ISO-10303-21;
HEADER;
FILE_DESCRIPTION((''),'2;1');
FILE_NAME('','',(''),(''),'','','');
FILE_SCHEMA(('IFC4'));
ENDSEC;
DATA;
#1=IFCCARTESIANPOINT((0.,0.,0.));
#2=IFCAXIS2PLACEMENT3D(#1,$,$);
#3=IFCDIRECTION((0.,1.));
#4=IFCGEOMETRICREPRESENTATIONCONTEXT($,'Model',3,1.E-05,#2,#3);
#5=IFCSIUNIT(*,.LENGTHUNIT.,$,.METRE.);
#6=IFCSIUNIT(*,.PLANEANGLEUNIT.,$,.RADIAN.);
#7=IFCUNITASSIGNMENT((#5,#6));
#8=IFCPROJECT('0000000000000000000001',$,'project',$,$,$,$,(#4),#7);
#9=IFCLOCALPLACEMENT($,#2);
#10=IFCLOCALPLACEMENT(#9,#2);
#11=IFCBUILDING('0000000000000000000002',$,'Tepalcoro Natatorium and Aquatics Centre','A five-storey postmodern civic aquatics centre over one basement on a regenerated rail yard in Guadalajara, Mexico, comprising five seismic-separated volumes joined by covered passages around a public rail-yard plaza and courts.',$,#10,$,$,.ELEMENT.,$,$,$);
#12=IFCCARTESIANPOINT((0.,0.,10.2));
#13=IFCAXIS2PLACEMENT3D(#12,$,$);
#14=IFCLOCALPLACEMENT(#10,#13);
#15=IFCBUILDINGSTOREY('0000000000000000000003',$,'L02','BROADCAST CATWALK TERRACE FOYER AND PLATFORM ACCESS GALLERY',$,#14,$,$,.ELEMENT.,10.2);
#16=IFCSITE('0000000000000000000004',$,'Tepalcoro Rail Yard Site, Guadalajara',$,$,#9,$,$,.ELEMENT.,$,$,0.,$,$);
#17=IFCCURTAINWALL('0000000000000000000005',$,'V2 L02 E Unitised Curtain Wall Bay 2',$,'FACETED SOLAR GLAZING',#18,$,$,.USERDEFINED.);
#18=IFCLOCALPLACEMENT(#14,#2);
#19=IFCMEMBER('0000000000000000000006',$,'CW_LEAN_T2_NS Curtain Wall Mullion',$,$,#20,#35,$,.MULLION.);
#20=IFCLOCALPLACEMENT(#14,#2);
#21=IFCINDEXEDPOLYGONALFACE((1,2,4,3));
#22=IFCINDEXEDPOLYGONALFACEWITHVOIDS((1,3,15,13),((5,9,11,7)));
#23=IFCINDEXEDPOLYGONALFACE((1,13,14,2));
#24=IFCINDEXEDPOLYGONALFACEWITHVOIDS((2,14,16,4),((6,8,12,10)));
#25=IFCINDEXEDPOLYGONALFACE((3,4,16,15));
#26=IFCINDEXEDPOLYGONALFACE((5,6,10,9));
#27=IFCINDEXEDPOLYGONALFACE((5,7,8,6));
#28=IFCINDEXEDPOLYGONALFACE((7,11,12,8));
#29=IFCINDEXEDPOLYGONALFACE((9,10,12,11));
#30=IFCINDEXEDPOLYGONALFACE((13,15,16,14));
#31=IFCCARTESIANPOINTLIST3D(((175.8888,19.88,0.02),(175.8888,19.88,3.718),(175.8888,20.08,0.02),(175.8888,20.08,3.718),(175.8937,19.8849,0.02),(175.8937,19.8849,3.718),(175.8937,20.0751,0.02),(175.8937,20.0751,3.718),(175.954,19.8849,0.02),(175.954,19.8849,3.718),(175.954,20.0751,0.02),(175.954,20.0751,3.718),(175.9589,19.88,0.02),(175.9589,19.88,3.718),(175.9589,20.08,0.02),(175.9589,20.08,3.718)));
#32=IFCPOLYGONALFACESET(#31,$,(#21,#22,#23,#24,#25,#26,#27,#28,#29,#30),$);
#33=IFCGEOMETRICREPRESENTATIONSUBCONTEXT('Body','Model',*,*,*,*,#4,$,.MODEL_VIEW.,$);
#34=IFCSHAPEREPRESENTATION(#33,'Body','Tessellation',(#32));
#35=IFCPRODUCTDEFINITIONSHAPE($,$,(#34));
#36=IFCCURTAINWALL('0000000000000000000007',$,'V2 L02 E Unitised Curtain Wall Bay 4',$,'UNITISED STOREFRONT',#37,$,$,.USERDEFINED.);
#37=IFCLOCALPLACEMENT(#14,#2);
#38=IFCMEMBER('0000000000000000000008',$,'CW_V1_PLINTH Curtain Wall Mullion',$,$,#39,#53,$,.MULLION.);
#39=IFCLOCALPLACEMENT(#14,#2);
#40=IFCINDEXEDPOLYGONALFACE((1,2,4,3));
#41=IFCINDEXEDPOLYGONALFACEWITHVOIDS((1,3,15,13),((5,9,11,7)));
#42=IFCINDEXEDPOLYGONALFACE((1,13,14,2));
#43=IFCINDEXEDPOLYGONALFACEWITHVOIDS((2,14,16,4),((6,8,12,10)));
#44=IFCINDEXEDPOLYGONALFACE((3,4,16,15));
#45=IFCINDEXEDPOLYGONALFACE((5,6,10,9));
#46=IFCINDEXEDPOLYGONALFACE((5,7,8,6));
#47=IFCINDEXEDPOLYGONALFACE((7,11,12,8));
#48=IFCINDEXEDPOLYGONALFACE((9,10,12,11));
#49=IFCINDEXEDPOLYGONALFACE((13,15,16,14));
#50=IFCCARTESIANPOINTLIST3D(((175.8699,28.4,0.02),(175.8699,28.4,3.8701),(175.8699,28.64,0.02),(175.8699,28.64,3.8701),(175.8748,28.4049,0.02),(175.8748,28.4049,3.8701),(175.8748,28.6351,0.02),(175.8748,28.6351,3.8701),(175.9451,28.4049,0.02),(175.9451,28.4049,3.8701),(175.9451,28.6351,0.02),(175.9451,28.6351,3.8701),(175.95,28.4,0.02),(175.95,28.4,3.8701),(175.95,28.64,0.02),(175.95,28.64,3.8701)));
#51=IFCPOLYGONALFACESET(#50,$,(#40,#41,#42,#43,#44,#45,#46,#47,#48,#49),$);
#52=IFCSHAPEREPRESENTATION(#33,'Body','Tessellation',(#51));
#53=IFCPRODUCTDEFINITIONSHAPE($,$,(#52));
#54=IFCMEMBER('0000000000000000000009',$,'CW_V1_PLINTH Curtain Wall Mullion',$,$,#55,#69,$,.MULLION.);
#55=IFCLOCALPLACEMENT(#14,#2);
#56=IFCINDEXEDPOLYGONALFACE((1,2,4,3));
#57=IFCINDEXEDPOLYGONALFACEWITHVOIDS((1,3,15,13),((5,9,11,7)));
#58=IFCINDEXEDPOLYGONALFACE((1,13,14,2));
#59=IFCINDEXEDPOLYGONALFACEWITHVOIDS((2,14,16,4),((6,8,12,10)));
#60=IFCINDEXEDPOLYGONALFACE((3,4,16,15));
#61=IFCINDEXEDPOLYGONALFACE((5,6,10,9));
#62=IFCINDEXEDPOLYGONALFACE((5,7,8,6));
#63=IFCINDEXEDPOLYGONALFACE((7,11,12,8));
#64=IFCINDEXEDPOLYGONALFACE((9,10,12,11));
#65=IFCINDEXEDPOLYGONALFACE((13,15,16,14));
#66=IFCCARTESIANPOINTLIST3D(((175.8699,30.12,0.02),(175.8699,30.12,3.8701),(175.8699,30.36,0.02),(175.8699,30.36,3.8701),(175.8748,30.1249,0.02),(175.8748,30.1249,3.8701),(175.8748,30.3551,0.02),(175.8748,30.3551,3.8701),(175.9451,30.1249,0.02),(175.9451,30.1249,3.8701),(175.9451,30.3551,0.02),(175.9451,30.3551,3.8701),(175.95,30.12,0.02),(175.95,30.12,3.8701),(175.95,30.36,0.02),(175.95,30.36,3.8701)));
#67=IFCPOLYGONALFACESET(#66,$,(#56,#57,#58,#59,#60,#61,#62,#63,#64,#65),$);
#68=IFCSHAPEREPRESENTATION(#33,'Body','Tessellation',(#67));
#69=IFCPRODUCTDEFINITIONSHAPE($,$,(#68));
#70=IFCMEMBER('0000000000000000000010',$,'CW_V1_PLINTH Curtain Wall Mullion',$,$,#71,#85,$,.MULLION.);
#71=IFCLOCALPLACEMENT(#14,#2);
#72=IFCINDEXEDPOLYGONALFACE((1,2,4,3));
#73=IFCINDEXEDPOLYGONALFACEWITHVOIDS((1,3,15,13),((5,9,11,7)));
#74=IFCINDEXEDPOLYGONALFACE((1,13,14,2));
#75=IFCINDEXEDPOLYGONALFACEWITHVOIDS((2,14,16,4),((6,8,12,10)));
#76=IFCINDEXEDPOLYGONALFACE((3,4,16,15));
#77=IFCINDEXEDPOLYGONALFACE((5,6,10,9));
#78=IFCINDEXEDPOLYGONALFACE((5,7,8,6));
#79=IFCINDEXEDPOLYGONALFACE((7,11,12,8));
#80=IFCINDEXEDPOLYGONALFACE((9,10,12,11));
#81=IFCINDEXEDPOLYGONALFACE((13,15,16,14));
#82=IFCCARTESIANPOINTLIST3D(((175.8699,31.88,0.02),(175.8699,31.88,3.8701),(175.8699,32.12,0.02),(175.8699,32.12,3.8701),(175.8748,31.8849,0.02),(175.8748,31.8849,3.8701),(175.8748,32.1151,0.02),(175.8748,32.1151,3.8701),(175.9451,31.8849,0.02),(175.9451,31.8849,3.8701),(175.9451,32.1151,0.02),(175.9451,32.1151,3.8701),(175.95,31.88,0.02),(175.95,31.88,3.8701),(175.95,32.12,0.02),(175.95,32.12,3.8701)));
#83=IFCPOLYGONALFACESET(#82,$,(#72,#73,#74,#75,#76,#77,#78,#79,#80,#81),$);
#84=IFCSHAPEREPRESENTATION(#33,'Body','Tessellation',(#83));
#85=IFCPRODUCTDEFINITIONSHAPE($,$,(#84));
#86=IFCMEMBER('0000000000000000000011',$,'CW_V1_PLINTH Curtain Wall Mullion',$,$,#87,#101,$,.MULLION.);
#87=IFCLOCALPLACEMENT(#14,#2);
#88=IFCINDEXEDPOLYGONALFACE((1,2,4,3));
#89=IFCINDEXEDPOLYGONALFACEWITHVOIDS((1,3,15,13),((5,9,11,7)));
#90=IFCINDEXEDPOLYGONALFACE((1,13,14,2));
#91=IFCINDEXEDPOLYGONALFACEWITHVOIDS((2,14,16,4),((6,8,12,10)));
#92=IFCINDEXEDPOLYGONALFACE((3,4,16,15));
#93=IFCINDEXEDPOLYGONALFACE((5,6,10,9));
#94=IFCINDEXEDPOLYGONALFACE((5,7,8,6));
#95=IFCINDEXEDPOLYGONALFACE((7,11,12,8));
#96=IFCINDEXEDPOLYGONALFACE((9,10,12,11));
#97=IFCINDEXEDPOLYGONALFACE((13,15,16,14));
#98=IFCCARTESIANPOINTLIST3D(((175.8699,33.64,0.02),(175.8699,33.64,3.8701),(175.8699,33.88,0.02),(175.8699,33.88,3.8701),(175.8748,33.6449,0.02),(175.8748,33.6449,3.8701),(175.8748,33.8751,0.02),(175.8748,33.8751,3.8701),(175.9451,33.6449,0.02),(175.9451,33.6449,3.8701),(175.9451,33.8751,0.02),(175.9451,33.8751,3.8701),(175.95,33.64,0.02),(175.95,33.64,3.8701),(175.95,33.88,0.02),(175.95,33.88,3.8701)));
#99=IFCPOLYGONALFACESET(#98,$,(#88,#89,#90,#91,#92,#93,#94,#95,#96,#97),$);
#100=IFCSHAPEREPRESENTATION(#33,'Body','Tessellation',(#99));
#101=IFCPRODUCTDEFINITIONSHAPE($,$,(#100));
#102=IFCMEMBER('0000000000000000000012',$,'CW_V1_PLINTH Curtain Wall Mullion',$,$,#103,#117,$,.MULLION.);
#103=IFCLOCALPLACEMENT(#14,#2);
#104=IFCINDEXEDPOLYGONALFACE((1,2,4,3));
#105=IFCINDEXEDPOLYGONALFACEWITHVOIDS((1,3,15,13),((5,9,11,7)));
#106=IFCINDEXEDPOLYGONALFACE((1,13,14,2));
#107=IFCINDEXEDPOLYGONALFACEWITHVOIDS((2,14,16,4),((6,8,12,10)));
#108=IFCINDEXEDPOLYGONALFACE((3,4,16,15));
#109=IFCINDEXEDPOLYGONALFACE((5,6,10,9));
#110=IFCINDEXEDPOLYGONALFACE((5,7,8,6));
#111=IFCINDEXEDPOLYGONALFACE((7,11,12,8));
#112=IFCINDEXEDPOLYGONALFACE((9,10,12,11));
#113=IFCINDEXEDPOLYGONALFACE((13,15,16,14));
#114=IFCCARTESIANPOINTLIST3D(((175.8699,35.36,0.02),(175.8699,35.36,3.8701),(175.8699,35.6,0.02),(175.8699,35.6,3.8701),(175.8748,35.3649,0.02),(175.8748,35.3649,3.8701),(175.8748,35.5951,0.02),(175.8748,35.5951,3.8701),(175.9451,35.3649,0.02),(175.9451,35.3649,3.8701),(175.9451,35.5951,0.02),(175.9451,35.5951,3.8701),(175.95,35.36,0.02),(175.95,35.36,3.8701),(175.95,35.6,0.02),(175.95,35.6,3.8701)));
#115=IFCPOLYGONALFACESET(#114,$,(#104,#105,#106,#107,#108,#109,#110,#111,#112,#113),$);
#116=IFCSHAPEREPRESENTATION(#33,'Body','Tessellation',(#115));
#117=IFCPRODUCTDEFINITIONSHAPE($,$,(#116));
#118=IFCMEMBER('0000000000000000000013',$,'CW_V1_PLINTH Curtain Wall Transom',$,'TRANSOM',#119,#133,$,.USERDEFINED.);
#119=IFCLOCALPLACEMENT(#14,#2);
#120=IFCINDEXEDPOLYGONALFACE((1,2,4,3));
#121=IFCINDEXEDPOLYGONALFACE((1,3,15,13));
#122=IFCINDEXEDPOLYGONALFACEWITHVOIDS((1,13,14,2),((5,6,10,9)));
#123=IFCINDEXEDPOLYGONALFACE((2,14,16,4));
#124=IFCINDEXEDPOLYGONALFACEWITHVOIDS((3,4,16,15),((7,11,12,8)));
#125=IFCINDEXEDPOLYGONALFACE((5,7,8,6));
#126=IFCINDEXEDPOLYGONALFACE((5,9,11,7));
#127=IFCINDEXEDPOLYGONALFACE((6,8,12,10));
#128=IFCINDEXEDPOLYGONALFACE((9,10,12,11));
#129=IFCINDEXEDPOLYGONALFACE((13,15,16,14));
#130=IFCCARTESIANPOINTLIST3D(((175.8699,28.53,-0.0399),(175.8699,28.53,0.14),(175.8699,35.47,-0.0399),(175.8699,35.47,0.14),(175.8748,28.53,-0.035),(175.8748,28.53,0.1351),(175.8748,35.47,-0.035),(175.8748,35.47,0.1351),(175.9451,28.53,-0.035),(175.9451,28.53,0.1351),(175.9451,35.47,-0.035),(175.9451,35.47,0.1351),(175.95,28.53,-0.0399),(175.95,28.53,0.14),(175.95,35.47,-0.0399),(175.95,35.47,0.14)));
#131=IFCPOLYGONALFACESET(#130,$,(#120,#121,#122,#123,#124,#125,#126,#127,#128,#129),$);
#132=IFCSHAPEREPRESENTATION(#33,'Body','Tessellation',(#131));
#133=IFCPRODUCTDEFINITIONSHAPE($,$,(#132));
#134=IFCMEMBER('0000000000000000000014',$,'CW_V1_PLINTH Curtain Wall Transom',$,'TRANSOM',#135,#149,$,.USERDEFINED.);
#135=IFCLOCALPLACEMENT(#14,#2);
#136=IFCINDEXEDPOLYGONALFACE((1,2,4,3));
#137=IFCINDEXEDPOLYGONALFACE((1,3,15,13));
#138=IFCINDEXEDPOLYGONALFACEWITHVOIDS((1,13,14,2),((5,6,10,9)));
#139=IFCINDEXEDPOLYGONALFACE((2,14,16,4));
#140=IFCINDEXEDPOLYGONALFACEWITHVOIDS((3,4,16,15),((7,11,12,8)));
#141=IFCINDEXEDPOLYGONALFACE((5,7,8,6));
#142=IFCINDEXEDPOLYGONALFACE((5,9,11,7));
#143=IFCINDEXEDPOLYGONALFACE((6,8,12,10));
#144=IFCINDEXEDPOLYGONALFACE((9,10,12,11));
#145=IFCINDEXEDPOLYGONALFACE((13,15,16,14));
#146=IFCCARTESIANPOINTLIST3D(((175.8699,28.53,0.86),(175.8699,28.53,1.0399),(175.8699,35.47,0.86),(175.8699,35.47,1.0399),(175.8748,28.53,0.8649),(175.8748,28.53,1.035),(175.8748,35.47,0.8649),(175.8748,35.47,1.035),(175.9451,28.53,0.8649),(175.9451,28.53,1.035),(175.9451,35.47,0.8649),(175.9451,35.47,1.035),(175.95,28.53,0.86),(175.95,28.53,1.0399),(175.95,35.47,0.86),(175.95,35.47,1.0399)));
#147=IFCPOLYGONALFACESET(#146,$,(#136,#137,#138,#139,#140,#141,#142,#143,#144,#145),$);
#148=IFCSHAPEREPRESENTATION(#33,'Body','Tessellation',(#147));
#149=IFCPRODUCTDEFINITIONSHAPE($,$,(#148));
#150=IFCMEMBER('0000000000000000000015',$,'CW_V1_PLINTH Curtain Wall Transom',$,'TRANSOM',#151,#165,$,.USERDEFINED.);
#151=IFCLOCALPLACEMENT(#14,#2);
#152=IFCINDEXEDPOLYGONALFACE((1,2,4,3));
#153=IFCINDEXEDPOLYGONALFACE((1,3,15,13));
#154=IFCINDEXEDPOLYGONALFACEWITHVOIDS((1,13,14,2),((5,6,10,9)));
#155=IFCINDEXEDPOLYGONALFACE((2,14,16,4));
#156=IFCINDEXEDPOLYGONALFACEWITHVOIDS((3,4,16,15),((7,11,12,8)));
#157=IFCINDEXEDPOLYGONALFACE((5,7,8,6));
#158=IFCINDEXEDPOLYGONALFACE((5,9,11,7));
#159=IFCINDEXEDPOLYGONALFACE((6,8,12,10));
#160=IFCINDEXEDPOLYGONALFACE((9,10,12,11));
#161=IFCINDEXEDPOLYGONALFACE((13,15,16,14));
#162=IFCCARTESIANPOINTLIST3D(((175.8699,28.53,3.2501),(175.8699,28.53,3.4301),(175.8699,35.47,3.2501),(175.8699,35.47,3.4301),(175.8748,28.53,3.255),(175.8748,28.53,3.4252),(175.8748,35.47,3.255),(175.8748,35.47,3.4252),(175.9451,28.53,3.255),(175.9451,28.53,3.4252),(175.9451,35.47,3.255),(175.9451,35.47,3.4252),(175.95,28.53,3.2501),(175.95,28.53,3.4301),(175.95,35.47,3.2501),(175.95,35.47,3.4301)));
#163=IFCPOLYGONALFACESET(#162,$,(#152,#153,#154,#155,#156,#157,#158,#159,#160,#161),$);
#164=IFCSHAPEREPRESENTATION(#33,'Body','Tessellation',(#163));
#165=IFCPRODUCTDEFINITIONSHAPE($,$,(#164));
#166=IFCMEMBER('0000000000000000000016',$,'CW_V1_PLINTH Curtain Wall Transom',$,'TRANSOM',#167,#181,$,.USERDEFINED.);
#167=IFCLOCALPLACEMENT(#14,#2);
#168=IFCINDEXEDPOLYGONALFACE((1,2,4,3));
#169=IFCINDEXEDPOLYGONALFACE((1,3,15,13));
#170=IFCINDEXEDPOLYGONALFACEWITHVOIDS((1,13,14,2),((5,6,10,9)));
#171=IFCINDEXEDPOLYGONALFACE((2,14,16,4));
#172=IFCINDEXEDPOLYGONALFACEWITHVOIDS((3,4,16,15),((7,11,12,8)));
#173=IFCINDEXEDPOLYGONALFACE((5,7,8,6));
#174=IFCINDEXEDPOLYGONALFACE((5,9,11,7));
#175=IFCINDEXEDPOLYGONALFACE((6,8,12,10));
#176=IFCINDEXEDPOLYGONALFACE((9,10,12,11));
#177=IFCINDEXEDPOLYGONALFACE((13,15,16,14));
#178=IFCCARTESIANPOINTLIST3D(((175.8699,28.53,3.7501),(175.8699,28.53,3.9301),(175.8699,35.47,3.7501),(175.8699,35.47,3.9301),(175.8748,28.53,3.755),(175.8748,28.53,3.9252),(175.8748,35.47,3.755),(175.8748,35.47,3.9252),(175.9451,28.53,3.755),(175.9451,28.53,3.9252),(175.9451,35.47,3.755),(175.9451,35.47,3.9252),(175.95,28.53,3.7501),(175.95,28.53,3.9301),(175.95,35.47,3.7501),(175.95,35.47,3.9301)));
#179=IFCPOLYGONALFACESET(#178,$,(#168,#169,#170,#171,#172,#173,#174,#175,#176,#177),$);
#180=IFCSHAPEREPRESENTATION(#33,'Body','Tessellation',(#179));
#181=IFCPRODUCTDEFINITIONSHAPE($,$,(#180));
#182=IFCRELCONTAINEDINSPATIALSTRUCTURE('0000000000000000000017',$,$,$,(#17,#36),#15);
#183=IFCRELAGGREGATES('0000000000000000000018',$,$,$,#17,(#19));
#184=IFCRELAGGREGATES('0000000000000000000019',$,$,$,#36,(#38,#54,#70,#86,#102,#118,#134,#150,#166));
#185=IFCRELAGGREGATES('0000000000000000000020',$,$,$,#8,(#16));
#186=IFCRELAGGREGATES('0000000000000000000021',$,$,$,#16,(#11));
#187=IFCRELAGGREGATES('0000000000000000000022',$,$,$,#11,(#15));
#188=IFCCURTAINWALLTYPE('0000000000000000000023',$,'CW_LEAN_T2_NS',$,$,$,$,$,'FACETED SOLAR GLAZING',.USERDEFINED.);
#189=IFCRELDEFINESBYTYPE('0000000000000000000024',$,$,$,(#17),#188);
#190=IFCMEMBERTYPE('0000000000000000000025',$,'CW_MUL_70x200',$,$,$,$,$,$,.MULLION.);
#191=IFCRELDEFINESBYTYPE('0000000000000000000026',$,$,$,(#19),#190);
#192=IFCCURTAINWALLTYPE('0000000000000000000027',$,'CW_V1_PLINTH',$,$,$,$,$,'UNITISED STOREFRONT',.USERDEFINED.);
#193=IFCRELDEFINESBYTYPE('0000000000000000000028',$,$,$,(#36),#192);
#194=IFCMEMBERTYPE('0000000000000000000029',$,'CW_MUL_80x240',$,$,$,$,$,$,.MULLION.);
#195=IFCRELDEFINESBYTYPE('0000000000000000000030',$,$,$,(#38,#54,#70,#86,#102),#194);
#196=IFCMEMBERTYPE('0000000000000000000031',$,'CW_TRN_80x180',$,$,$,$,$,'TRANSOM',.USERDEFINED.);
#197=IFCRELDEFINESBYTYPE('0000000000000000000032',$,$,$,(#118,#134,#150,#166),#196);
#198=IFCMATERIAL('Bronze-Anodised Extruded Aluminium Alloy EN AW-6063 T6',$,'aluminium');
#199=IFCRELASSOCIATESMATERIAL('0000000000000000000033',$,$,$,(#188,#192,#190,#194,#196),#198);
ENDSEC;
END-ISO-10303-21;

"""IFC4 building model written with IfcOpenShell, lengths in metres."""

from ifc_helpers import new_model, si_unit, direction, frame, origin, origin_2d, place, context, subcontext, project, spatial, hollow_rectangle, extrude, material, material_profile, profile_set, type_object, element, aggregate, save


model = new_model("IFC4")

# Units and contexts
model_context = context("Model", 3, precision=1e-05, world=origin(), true_north=direction((0.0, 1.0)))
body_context = subcontext(model_context, "Body", "Model", "MODEL_VIEW")
ifc_project = project(units=[si_unit("LENGTHUNIT", "METRE"), si_unit("PLANEANGLEUNIT", "RADIAN")], contexts=[model_context])

# Site, building, storey
site_placement = place(None, origin())
site = spatial("IfcSite", under=ifc_project, at=site_placement, Name="Tepalcoro Rail Yard Site, Guadalajara", CompositionType="ELEMENT", RefElevation=0.0)
building_placement = place(site_placement, origin())
building = spatial("IfcBuilding", under=site, at=building_placement, Name="Tepalcoro Natatorium and Aquatics Centre", Description="A five-storey postmodern civic aquatics centre over one basement on a regenerated rail yard in Guadalajara, Mexico, comprising five seismic-separated volumes joined by covered passages around a public rail-yard plaza and courts.", CompositionType="ELEMENT")
storey_placement = place(building_placement, frame((0.0, 0.0, 10.2)))
storey = spatial("IfcBuildingStorey", under=building, at=storey_placement, Name="L02", Description="BROADCAST CATWALK TERRACE FOYER AND PLATFORM ACCESS GALLERY", CompositionType="ELEMENT", Elevation=10.2)

# Curtain wall, member
ifc_material_1 = material(Name="Bronze-Anodised Extruded Aluminium Alloy EN AW-6063 T6", Category="aluminium")
curtain_wall_type_1 = type_object("IfcCurtainWallType", Name="CW_LEAN_T2_NS", ElementType="FACETED SOLAR GLAZING", PredefinedType="USERDEFINED", material=ifc_material_1)
curtain_wall_1_placement = place(storey_placement, origin())
curtain_wall_1 = element("IfcCurtainWall", 1, at=curtain_wall_1_placement, inside=storey, type_object=curtain_wall_type_1, Name="V2 L02 E Unitised Curtain Wall Bay 2", ObjectType="FACETED SOLAR GLAZING", PredefinedType="USERDEFINED")
ifc_material_profile_1 = material_profile(ifc_material_1, hollow_rectangle(XDim=0.0701, YDim=0.2, WallThickness=0.0049, at=origin_2d()), Name="AL70X200X5")
ifc_profile_set_1 = profile_set([ifc_material_profile_1], Name="Bronze-Anodised Extruded Aluminium Alloy EN AW-6063 T6")
member_type_1 = type_object("IfcMemberType", Name="CW_MUL_70x200", PredefinedType="MULLION", material=ifc_profile_set_1)
member_1_placement = place(storey_placement, frame((175.9238, 19.98, 0.02), z_axis=(0.0, 0.0, 1.0), x_axis=(1.0, 0.0, 0.0)))
member_1 = element("IfcMember", 2, at=member_1_placement, type_object=member_type_1, Name="CW_LEAN_T2_NS Curtain Wall Mullion", PredefinedType="MULLION", context=body_context, shape_type="SweptSolid", body=[
    extrude(hollow_rectangle(XDim=0.0701, YDim=0.2, WallThickness=0.0049, at=origin_2d()), origin(), (0.0, 0.0, 1.0), 3.698),
])
aggregate(curtain_wall_1, [member_1])

# Curtain wall, members
curtain_wall_type_2 = type_object("IfcCurtainWallType", Name="CW_V1_PLINTH", ElementType="UNITISED STOREFRONT", PredefinedType="USERDEFINED", material=ifc_material_1)
curtain_wall_2_placement = place(storey_placement, origin())
curtain_wall_2 = element("IfcCurtainWall", 3, at=curtain_wall_2_placement, inside=storey, type_object=curtain_wall_type_2, Name="V2 L02 E Unitised Curtain Wall Bay 4", ObjectType="UNITISED STOREFRONT", PredefinedType="USERDEFINED")
ifc_material_profile_2 = material_profile(ifc_material_1, hollow_rectangle(XDim=0.0801, YDim=0.24, WallThickness=0.0049, at=origin_2d()), Name="AL80X240X5")
ifc_profile_set_2 = profile_set([ifc_material_profile_2], Name="Bronze-Anodised Extruded Aluminium Alloy EN AW-6063 T6")
member_type_2 = type_object("IfcMemberType", Name="CW_MUL_80x240", PredefinedType="MULLION", material=ifc_profile_set_2)
member_2_placement = place(storey_placement, frame((175.9099, 28.52, 0.02), z_axis=(0.0, 0.0, 1.0), x_axis=(1.0, 0.0, 0.0)))
member_2 = element("IfcMember", 4, at=member_2_placement, type_object=member_type_2, Name="CW_V1_PLINTH Curtain Wall Mullion", PredefinedType="MULLION", context=body_context, shape_type="SweptSolid", body=[
    extrude(hollow_rectangle(XDim=0.0801, YDim=0.24, WallThickness=0.0049, at=origin_2d()), origin(), (0.0, 0.0, 1.0), 3.8501),
])
member_3_placement = place(storey_placement, frame((175.9099, 30.24, 0.02), z_axis=(0.0, 0.0, 1.0), x_axis=(1.0, 0.0, 0.0)))
member_3 = element("IfcMember", 5, at=member_3_placement, type_object=member_type_2, Name="CW_V1_PLINTH Curtain Wall Mullion", PredefinedType="MULLION", context=body_context, shape_type="SweptSolid", body=[
    extrude(hollow_rectangle(XDim=0.0801, YDim=0.24, WallThickness=0.0049, at=origin_2d()), origin(), (0.0, 0.0, 1.0), 3.8501),
])
member_4_placement = place(storey_placement, frame((175.9099, 32.0, 0.02), z_axis=(0.0, 0.0, 1.0), x_axis=(1.0, 0.0, 0.0)))
member_4 = element("IfcMember", 6, at=member_4_placement, type_object=member_type_2, Name="CW_V1_PLINTH Curtain Wall Mullion", PredefinedType="MULLION", context=body_context, shape_type="SweptSolid", body=[
    extrude(hollow_rectangle(XDim=0.0801, YDim=0.24, WallThickness=0.0049, at=origin_2d()), origin(), (0.0, 0.0, 1.0), 3.8501),
])
member_5_placement = place(storey_placement, frame((175.9099, 33.76, 0.02), z_axis=(0.0, 0.0, 1.0), x_axis=(1.0, 0.0, 0.0)))
member_5 = element("IfcMember", 7, at=member_5_placement, type_object=member_type_2, Name="CW_V1_PLINTH Curtain Wall Mullion", PredefinedType="MULLION", context=body_context, shape_type="SweptSolid", body=[
    extrude(hollow_rectangle(XDim=0.0801, YDim=0.24, WallThickness=0.0049, at=origin_2d()), origin(), (0.0, 0.0, 1.0), 3.8501),
])
member_6_placement = place(storey_placement, frame((175.9099, 35.48, 0.02), z_axis=(0.0, 0.0, 1.0), x_axis=(1.0, 0.0, 0.0)))
member_6 = element("IfcMember", 8, at=member_6_placement, type_object=member_type_2, Name="CW_V1_PLINTH Curtain Wall Mullion", PredefinedType="MULLION", context=body_context, shape_type="SweptSolid", body=[
    extrude(hollow_rectangle(XDim=0.0801, YDim=0.24, WallThickness=0.0049, at=origin_2d()), origin(), (0.0, 0.0, 1.0), 3.8501),
])
ifc_material_profile_3 = material_profile(ifc_material_1, hollow_rectangle(XDim=0.0801, YDim=0.1799, WallThickness=0.0049, at=origin_2d()), Name="AL80X180X5")
ifc_profile_set_3 = profile_set([ifc_material_profile_3], Name="Bronze-Anodised Extruded Aluminium Alloy EN AW-6063 T6")
member_type_3 = type_object("IfcMemberType", Name="CW_TRN_80x180", ElementType="TRANSOM", PredefinedType="USERDEFINED", material=ifc_profile_set_3)
member_7_placement = place(storey_placement, frame((175.9099, 28.53, 0.05), z_axis=(0.0, 1.0, 0.0), x_axis=(-1.0, 0.0, 0.0)))
member_7 = element("IfcMember", 9, at=member_7_placement, type_object=member_type_3, Name="CW_V1_PLINTH Curtain Wall Transom", ObjectType="TRANSOM", PredefinedType="USERDEFINED", context=body_context, shape_type="SweptSolid", body=[
    extrude(hollow_rectangle(XDim=0.0801, YDim=0.1799, WallThickness=0.0049, at=origin_2d()), origin(), (0.0, 0.0, 1.0), 6.9399),
])
member_8_placement = place(storey_placement, frame((175.9099, 28.53, 0.95), z_axis=(0.0, 1.0, 0.0), x_axis=(-1.0, 0.0, 0.0)))
member_8 = element("IfcMember", 10, at=member_8_placement, type_object=member_type_3, Name="CW_V1_PLINTH Curtain Wall Transom", ObjectType="TRANSOM", PredefinedType="USERDEFINED", context=body_context, shape_type="SweptSolid", body=[
    extrude(hollow_rectangle(XDim=0.0801, YDim=0.1799, WallThickness=0.0049, at=origin_2d()), origin(), (0.0, 0.0, 1.0), 6.9399),
])
member_9_placement = place(storey_placement, frame((175.9099, 28.53, 3.3401), z_axis=(0.0, 1.0, 0.0), x_axis=(-1.0, 0.0, 0.0)))
member_9 = element("IfcMember", 11, at=member_9_placement, type_object=member_type_3, Name="CW_V1_PLINTH Curtain Wall Transom", ObjectType="TRANSOM", PredefinedType="USERDEFINED", context=body_context, shape_type="SweptSolid", body=[
    extrude(hollow_rectangle(XDim=0.0801, YDim=0.1799, WallThickness=0.0049, at=origin_2d()), origin(), (0.0, 0.0, 1.0), 6.9399),
])
member_10_placement = place(storey_placement, frame((175.9099, 28.53, 3.8401), z_axis=(0.0, 1.0, 0.0), x_axis=(-1.0, 0.0, 0.0)))
member_10 = element("IfcMember", 12, at=member_10_placement, type_object=member_type_3, Name="CW_V1_PLINTH Curtain Wall Transom", ObjectType="TRANSOM", PredefinedType="USERDEFINED", context=body_context, shape_type="SweptSolid", body=[
    extrude(hollow_rectangle(XDim=0.0801, YDim=0.1799, WallThickness=0.0049, at=origin_2d()), origin(), (0.0, 0.0, 1.0), 6.9399),
])

aggregate(curtain_wall_2, [member_2, member_3, member_4, member_5, member_6, member_7, member_8, member_9, member_10])

save(model, "model.ifc")
